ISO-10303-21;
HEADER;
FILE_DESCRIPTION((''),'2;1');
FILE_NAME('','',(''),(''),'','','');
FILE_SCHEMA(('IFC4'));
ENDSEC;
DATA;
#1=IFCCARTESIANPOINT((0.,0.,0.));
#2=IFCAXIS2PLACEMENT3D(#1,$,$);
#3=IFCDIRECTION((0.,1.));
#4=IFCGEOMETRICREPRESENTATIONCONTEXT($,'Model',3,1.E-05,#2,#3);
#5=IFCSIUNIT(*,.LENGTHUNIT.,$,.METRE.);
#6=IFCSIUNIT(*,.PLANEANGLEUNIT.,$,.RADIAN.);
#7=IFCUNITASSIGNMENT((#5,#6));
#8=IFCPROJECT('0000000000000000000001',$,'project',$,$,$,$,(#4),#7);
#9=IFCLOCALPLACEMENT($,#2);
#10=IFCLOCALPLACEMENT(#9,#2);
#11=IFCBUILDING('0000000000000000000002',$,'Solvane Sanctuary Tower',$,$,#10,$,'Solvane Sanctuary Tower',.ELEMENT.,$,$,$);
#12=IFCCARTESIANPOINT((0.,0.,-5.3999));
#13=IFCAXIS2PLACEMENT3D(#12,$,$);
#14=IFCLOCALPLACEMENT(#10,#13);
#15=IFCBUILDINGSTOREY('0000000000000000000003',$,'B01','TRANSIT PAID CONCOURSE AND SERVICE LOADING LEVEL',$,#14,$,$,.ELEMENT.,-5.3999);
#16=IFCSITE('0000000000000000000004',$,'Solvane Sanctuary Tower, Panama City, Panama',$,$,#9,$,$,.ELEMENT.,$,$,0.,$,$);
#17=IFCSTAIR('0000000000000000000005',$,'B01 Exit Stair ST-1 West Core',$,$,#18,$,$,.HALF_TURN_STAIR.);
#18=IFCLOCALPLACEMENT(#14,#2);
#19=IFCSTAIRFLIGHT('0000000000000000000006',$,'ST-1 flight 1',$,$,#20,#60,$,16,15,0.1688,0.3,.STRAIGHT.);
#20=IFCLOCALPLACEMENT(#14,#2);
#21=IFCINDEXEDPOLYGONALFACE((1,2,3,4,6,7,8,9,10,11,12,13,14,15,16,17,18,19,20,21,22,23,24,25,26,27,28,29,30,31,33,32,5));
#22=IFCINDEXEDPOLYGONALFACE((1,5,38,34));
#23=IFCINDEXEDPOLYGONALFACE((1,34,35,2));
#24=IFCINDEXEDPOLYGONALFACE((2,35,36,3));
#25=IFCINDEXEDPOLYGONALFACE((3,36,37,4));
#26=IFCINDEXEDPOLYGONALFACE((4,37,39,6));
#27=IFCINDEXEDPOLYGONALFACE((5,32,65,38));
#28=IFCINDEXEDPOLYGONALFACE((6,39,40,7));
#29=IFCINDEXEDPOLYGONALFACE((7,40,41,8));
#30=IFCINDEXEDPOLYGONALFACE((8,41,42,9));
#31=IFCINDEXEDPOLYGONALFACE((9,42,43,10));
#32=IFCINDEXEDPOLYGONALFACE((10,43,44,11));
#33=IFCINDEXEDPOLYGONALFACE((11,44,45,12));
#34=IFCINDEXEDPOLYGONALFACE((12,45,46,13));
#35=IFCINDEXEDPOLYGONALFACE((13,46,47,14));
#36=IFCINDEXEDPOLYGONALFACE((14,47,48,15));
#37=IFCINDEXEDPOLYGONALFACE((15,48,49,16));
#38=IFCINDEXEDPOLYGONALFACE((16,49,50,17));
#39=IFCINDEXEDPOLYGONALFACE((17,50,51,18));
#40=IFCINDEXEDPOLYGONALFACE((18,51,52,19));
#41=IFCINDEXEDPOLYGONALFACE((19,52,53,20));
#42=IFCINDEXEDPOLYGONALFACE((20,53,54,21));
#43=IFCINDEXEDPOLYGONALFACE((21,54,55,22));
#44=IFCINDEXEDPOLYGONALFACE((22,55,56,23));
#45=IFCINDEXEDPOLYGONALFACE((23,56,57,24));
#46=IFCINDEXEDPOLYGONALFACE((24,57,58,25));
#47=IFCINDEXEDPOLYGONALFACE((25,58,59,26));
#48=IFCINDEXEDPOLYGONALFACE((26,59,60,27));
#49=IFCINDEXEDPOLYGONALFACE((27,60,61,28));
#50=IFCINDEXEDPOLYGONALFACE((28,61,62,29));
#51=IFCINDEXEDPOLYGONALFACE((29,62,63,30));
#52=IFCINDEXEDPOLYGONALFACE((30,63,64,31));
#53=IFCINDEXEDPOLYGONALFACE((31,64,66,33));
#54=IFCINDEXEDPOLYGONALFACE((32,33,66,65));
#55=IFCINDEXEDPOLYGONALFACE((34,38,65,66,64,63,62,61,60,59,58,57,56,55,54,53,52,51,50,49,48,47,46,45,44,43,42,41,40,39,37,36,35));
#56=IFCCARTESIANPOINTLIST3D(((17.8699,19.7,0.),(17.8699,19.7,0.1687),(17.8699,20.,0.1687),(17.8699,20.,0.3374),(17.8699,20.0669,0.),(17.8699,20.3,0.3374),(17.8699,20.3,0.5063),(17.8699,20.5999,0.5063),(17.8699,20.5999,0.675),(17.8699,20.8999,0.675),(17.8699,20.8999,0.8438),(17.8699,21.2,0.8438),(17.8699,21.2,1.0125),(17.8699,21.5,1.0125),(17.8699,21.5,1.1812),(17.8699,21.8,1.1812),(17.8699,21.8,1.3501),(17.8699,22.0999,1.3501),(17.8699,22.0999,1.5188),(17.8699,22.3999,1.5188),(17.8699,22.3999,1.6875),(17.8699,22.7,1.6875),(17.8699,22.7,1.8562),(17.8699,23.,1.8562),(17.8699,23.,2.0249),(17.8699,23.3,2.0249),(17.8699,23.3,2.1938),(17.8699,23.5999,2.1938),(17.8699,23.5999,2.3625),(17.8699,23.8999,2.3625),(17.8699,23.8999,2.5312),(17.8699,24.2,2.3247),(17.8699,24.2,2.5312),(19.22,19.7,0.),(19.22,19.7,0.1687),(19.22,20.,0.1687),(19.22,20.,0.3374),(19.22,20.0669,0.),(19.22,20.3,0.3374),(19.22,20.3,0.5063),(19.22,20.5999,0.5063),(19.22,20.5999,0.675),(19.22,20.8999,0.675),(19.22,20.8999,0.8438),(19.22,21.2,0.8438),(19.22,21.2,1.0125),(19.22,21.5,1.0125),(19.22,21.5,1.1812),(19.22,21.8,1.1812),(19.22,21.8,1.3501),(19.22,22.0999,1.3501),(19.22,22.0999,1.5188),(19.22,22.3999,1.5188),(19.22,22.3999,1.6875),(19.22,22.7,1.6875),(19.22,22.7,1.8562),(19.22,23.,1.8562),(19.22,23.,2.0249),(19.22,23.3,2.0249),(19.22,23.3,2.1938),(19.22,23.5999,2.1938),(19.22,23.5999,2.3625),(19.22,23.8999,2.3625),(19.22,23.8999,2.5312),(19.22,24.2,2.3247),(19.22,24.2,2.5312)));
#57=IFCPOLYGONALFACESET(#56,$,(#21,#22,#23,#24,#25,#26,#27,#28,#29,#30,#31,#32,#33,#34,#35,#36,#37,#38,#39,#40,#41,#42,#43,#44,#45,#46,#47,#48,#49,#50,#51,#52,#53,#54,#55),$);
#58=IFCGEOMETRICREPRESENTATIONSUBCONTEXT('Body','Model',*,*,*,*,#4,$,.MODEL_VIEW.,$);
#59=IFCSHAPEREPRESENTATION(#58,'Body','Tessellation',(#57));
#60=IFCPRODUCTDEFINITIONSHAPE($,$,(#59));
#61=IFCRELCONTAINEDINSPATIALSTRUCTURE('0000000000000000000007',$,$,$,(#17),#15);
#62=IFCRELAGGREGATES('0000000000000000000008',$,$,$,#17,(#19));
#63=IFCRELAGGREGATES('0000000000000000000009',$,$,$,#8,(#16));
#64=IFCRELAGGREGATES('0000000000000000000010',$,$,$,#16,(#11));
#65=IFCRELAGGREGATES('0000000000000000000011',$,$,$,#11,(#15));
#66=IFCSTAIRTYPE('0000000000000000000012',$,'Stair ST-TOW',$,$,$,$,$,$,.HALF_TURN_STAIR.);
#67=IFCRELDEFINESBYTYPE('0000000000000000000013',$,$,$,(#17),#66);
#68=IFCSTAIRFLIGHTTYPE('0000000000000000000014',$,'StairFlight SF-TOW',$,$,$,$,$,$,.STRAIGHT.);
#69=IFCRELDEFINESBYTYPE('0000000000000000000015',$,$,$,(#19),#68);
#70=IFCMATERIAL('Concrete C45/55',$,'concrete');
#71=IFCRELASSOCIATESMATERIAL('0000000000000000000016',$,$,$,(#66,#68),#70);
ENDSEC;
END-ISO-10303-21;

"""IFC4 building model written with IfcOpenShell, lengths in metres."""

from ifc_helpers import new_model, si_unit, direction, frame, origin, place, context, subcontext, project, spatial, polyline, outline, extrude, material, type_object, element, aggregate, save


model = new_model("IFC4")

# Units and contexts
model_context = context("Model", 3, precision=1e-05, world=origin(), true_north=direction((0.0, 1.0)))
body_context = subcontext(model_context, "Body", "Model", "MODEL_VIEW")
ifc_project = project(units=[si_unit("LENGTHUNIT", "METRE"), si_unit("PLANEANGLEUNIT", "RADIAN")], contexts=[model_context])

# Site, building, storey
site_placement = place(None, origin())
site = spatial("IfcSite", under=ifc_project, at=site_placement, Name="Solvane Sanctuary Tower, Panama City, Panama", CompositionType="ELEMENT", RefElevation=0.0)
building_placement = place(site_placement, origin())
building = spatial("IfcBuilding", under=site, at=building_placement, Name="Solvane Sanctuary Tower", LongName="Solvane Sanctuary Tower", CompositionType="ELEMENT")
storey_placement = place(building_placement, frame((0.0, 0.0, -5.3999)))
storey = spatial("IfcBuildingStorey", under=building, at=storey_placement, Name="B01", Description="TRANSIT PAID CONCOURSE AND SERVICE LOADING LEVEL", CompositionType="ELEMENT", Elevation=-5.3999)

# Stair, stair flight
ifc_material_1 = material(Name="Concrete C45/55", Category="concrete")
stair_type_1 = type_object("IfcStairType", Name="Stair ST-TOW", PredefinedType="HALF_TURN_STAIR", material=ifc_material_1)
stair_1_placement = place(storey_placement, origin())
stair_1 = element("IfcStair", 1, at=stair_1_placement, inside=storey, type_object=stair_type_1, Name="B01 Exit Stair ST-1 West Core", PredefinedType="HALF_TURN_STAIR")
stair_flight_type_1 = type_object("IfcStairFlightType", Name="StairFlight SF-TOW", PredefinedType="STRAIGHT", material=ifc_material_1)
stair_flight_1_placement = place(storey_placement, frame((18.5449, 19.7, 0.0), z_axis=(0.0, 0.0, 1.0), x_axis=(0.0, 1.0, 0.0)))
stair_flight_1 = element("IfcStairFlight", 2, at=stair_flight_1_placement, type_object=stair_flight_type_1, Name="ST-1 flight 1", NumberOfRisers=16, NumberOfTreads=15, PredefinedType="STRAIGHT", RiserHeight=0.1688, TreadLength=0.3, context=body_context, shape_type="SweptSolid", body=[
    extrude(outline(polyline([(0.0, 0.0), (0.0, 0.1687), (0.3, 0.1687), (0.3, 0.3374), (0.6001, 0.3374), (0.6001, 0.5063), (0.8999, 0.5063), (0.8999, 0.675), (1.2, 0.675), (1.2, 0.8438), (1.5, 0.8438), (1.5, 1.0125), (1.8, 1.0125), (1.8, 1.1812), (2.1001, 1.1812), (2.1001, 1.3501), (2.3999, 1.3501), (2.3999, 1.5188), (2.7, 1.5188), (2.7, 1.6875), (3.0, 1.6875), (3.0, 1.8562), (3.3, 1.8562), (3.3, 2.0249), (3.6001, 2.0249), (3.6001, 2.1938), (3.8999, 2.1938), (3.8999, 2.3625), (4.2, 2.3625), (4.2, 2.5312), (4.5, 2.5312), (4.5, 2.7), (4.5, 2.3247), (0.3669, 0.0), (0.0, 0.0)])), frame((0.0, 0.675, 0.0), z_axis=(0.0, -1.0, 0.0), x_axis=(1.0, 0.0, 0.0)), (0.0, 0.0, 1.0), 1.3501),
])
aggregate(stair_1, [stair_flight_1])

save(model, "model.ifc")
